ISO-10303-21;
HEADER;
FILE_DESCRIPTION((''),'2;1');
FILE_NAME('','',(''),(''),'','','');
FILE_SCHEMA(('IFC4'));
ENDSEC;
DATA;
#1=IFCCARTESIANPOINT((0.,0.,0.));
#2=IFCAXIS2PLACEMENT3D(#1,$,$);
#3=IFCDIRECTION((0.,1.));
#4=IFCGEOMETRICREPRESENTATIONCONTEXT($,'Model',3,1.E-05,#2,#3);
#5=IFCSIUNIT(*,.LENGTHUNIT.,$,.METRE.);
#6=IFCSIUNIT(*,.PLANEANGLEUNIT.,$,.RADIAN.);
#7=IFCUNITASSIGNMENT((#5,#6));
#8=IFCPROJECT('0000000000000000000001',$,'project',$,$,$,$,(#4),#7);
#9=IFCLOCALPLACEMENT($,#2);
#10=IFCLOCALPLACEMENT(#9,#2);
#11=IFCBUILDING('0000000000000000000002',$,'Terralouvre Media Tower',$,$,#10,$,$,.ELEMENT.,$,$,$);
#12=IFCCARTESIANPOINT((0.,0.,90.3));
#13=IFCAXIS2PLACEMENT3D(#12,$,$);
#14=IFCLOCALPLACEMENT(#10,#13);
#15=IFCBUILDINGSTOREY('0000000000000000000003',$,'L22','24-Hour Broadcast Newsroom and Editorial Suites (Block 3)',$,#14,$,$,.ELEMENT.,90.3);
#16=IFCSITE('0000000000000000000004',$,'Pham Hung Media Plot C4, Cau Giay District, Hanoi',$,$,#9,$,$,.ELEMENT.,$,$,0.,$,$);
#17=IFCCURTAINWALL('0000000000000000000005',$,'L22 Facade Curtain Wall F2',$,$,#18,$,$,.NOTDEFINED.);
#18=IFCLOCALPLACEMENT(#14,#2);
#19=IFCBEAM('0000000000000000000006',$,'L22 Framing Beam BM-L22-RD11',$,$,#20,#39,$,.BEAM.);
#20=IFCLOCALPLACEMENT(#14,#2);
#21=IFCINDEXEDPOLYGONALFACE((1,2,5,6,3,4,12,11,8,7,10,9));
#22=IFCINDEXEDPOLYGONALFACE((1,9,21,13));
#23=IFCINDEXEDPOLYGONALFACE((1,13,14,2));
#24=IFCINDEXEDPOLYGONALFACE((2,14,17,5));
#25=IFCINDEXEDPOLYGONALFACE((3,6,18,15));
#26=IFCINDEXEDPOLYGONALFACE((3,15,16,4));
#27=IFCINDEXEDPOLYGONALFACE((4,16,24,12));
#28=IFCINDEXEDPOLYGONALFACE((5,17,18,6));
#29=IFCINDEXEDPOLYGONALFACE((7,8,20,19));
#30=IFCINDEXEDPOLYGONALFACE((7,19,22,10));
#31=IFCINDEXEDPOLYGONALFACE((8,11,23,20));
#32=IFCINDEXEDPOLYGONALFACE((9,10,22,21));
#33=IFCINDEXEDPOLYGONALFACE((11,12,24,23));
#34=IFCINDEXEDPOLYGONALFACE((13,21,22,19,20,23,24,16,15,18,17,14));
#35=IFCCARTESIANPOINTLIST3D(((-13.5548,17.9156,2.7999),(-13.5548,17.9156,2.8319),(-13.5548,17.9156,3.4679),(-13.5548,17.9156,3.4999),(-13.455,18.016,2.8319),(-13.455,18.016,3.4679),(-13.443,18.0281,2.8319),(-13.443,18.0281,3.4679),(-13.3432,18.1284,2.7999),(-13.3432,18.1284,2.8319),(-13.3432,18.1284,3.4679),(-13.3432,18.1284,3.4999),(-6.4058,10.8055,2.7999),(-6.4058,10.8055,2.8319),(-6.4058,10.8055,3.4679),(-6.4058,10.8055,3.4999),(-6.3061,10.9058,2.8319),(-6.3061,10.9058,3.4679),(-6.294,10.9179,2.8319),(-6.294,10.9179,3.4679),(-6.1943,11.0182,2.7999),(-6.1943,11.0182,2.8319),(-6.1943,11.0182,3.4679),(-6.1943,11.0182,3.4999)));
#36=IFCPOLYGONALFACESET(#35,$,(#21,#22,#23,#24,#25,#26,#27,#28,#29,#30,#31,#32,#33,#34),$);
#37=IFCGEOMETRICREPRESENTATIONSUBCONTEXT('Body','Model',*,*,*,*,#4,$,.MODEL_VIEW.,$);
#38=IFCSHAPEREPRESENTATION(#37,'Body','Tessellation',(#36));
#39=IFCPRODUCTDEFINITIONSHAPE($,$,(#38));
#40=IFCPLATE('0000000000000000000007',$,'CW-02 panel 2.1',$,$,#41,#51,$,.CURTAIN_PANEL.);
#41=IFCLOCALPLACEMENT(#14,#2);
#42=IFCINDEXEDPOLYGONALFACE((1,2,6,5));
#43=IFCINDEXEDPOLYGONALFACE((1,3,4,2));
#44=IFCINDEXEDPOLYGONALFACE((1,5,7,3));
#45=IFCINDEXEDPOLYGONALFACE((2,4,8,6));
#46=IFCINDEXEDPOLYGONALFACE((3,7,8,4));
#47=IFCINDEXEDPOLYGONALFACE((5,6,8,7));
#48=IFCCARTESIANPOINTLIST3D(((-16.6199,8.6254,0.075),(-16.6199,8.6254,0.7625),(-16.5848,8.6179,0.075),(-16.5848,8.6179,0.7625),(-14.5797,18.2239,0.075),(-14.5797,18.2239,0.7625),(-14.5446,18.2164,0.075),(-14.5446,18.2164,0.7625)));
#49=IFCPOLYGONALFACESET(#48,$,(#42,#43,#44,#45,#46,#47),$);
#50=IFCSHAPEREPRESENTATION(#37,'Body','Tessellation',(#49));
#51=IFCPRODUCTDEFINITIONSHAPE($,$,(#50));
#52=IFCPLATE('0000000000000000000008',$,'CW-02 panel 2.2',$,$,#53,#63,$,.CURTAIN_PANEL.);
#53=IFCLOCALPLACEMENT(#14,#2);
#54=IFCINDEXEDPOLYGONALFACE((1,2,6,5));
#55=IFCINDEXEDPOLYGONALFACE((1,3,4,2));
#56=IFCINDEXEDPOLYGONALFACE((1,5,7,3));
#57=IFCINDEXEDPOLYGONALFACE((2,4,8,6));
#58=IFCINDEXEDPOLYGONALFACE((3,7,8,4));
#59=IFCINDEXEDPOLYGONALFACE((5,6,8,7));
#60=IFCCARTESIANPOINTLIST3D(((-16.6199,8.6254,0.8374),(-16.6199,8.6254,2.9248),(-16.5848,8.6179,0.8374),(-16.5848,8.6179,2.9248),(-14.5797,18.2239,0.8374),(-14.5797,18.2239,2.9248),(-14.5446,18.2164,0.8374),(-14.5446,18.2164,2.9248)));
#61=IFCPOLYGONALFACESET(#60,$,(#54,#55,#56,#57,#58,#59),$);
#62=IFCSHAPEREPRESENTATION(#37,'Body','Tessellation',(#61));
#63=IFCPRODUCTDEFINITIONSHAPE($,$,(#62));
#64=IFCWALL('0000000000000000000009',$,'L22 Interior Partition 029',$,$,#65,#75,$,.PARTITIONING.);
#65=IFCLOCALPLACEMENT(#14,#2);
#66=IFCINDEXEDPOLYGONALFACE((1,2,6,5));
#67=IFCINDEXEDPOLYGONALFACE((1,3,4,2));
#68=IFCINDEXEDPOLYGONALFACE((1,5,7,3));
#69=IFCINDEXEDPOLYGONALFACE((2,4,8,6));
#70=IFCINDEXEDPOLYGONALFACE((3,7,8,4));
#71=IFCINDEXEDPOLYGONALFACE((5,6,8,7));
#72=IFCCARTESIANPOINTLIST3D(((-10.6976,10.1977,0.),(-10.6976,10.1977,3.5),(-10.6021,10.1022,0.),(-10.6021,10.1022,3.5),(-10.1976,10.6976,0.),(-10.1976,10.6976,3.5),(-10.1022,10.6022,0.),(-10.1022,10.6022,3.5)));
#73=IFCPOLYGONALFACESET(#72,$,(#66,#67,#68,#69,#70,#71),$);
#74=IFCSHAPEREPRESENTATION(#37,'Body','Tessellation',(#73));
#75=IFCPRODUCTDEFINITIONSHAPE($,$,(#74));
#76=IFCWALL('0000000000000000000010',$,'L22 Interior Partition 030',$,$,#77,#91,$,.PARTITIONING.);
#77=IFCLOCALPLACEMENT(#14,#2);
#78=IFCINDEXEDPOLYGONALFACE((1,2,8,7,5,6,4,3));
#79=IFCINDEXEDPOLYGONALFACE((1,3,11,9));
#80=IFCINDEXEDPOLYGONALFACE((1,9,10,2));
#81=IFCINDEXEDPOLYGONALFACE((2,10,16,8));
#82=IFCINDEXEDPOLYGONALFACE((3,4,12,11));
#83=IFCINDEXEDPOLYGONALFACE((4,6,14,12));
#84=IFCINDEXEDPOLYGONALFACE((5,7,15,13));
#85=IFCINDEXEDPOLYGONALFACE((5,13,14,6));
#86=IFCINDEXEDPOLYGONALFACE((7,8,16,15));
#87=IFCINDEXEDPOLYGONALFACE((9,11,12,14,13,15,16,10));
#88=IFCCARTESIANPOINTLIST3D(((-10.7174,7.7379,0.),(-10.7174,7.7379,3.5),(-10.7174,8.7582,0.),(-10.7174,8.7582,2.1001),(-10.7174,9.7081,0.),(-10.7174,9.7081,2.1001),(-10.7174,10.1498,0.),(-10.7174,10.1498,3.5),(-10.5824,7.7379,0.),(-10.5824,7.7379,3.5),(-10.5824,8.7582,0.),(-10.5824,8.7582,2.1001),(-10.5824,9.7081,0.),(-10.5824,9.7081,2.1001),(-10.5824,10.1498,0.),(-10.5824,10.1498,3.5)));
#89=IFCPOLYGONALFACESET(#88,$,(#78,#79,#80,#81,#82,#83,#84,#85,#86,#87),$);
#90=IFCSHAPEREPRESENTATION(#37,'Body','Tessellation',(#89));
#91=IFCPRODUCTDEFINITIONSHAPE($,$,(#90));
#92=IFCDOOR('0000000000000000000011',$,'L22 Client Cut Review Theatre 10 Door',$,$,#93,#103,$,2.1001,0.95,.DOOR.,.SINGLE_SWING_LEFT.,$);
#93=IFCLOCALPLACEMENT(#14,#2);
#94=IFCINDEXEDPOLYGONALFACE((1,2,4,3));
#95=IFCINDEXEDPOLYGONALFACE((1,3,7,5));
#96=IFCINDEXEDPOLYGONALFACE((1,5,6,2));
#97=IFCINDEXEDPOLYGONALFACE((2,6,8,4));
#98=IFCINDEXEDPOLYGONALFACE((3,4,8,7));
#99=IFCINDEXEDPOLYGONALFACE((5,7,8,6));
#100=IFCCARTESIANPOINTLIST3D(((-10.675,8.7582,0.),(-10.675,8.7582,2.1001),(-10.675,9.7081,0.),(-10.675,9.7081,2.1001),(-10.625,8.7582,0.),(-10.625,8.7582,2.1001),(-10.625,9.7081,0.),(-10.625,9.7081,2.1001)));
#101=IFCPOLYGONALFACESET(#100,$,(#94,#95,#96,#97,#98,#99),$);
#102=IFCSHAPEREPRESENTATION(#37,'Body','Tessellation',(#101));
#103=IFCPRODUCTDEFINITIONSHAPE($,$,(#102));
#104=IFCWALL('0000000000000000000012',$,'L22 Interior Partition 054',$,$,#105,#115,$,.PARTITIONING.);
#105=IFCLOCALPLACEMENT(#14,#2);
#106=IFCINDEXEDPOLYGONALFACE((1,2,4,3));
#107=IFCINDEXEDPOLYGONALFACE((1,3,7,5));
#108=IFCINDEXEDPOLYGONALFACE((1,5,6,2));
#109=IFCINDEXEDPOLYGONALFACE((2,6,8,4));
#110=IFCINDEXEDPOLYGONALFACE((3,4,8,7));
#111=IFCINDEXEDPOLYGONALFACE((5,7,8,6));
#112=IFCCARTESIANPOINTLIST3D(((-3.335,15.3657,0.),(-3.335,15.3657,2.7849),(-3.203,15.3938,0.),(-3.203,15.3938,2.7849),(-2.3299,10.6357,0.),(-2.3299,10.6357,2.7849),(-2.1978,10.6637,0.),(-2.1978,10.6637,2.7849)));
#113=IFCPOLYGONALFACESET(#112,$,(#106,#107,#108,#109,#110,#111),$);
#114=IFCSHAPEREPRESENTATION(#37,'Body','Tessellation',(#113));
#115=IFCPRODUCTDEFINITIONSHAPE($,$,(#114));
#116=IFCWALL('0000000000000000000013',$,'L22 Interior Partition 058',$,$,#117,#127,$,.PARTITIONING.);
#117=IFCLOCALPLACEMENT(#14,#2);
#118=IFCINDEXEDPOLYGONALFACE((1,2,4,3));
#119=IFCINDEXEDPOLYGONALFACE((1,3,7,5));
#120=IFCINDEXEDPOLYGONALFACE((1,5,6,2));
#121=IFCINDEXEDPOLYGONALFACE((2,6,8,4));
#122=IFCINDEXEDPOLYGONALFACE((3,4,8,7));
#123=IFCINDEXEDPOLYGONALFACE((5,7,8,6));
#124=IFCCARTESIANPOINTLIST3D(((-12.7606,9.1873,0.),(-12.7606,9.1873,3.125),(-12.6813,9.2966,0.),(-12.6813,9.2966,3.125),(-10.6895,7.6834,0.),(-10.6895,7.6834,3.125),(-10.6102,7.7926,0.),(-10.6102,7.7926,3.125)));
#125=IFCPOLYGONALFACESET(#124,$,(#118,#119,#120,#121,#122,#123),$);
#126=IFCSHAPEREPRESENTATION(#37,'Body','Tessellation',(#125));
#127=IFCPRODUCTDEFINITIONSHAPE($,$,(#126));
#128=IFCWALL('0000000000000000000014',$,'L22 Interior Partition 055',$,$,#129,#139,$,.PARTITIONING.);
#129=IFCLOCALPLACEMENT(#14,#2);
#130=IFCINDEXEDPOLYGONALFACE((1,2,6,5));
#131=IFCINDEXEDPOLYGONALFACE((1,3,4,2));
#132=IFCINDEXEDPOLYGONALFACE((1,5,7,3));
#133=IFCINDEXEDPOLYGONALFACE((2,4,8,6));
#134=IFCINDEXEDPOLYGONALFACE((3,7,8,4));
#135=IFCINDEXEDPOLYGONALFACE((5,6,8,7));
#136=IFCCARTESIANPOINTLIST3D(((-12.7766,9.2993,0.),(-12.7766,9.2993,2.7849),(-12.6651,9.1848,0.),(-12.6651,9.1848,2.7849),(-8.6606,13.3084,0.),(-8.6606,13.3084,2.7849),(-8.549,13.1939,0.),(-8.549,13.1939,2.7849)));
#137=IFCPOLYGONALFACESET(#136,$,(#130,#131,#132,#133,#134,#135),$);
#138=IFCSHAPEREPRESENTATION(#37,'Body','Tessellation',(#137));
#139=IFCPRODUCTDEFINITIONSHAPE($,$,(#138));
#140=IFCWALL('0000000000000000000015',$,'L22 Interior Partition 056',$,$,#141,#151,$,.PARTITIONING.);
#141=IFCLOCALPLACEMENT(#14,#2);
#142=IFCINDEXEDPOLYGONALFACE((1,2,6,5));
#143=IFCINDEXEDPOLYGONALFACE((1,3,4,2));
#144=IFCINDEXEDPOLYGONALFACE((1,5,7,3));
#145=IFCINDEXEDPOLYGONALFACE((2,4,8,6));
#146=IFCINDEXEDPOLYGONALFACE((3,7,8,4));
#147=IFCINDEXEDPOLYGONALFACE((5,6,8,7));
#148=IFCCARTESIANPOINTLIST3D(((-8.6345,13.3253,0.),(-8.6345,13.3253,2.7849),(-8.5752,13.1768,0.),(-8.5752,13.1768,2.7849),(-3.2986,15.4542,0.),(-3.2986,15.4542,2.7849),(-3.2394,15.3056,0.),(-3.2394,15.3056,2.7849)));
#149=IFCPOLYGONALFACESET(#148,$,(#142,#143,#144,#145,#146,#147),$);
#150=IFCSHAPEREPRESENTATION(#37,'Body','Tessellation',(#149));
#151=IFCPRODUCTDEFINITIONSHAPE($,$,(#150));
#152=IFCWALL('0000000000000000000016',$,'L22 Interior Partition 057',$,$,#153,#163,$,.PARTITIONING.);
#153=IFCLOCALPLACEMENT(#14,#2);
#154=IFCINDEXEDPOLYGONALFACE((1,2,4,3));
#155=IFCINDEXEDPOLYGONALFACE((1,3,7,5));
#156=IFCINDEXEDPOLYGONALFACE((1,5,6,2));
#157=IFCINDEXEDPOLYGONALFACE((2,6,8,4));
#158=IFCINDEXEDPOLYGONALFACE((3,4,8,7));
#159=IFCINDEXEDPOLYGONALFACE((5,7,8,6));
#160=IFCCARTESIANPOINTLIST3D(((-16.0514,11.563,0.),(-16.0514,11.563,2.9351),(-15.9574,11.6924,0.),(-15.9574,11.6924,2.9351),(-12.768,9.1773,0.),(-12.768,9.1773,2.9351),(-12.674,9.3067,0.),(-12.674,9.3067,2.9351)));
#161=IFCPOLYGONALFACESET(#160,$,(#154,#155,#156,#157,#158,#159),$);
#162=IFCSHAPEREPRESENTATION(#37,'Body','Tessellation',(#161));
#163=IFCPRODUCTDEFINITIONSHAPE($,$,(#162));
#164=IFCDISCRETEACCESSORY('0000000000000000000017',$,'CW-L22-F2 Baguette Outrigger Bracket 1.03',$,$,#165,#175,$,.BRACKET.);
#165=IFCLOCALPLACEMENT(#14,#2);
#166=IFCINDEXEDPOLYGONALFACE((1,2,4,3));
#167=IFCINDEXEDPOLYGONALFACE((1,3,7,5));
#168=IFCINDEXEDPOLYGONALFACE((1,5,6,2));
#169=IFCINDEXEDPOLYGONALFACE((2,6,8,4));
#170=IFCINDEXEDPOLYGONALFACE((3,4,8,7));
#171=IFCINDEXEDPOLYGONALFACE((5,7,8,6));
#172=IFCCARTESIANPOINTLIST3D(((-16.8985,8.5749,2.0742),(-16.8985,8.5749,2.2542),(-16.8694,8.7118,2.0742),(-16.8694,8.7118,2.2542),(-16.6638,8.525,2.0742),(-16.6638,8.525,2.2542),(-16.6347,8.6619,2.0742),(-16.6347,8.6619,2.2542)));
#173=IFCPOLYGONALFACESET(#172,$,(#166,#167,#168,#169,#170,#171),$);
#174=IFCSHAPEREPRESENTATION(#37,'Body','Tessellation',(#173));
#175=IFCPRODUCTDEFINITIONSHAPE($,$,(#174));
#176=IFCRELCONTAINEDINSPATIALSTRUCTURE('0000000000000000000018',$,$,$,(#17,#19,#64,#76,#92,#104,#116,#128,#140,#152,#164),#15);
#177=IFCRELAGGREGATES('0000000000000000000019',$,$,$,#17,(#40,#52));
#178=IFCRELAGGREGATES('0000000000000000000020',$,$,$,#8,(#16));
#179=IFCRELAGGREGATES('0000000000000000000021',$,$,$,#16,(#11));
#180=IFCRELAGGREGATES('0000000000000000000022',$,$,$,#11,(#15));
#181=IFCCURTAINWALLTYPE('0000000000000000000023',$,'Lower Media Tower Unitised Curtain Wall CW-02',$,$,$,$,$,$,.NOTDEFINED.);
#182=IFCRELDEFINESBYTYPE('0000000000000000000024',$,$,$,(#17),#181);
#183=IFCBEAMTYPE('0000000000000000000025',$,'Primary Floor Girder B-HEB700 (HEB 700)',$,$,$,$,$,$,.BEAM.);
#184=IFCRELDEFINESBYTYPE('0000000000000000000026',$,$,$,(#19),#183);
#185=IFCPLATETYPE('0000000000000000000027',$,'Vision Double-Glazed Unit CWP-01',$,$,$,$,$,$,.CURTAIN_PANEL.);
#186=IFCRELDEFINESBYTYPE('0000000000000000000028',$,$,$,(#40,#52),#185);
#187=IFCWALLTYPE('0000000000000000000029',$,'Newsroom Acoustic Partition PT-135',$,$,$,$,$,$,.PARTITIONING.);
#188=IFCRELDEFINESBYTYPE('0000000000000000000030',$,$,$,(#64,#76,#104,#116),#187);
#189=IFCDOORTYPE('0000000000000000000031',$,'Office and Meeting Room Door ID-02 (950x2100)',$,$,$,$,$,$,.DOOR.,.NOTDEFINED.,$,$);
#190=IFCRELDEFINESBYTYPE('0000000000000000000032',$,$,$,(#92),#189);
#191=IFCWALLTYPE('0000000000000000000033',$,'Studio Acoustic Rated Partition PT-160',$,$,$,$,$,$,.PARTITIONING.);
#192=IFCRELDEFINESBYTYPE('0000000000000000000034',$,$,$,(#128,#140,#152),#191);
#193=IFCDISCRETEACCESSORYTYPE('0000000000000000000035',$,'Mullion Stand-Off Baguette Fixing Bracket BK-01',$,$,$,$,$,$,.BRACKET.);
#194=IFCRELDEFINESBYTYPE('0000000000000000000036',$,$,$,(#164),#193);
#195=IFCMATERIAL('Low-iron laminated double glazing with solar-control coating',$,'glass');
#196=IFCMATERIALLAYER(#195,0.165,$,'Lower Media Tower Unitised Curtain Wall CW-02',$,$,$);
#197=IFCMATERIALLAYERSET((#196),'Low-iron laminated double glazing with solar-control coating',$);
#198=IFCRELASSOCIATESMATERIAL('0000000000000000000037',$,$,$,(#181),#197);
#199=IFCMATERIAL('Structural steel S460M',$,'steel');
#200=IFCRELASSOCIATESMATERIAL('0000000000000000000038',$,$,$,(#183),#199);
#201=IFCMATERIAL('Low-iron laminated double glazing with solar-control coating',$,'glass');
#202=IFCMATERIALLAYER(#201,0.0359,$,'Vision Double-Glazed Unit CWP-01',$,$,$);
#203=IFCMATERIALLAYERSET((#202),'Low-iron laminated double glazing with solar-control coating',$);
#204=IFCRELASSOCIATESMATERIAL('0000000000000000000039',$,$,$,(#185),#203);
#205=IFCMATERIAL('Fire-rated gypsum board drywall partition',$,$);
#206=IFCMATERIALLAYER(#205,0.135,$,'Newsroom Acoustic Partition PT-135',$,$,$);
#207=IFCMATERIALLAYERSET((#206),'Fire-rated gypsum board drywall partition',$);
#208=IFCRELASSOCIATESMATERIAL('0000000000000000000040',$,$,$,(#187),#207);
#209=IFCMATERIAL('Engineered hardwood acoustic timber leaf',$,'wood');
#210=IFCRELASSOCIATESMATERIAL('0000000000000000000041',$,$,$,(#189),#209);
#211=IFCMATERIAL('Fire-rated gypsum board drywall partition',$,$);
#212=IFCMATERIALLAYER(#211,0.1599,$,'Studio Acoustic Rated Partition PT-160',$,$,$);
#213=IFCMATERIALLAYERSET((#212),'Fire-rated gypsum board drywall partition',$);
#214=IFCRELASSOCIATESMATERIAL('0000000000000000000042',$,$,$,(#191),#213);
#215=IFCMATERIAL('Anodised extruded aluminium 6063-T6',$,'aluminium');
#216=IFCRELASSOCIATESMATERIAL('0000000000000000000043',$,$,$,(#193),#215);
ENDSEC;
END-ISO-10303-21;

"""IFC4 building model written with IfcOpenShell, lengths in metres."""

from ifc_helpers import new_model, si_unit, direction, frame, frame_2d, origin, origin_2d, place, context, subcontext, project, spatial, rectangle, i_section, extrude, material, layer, layer_set, material_profile, profile_set, type_object, element, fill, aggregate, save


model = new_model("IFC4")

# Units and contexts
model_context = context("Model", 3, precision=1e-05, world=origin(), true_north=direction((0.0, 1.0)))
body_context = subcontext(model_context, "Body", "Model", "MODEL_VIEW")
ifc_project = project(units=[si_unit("LENGTHUNIT", "METRE"), si_unit("PLANEANGLEUNIT", "RADIAN")], contexts=[model_context])

# Site, building, storey
site_placement = place(None, origin())
site = spatial("IfcSite", under=ifc_project, at=site_placement, Name="Pham Hung Media Plot C4, Cau Giay District, Hanoi", CompositionType="ELEMENT", RefElevation=0.0)
building_placement = place(site_placement, origin())
building = spatial("IfcBuilding", under=site, at=building_placement, Name="Terralouvre Media Tower", CompositionType="ELEMENT")
storey_placement = place(building_placement, frame((0.0, 0.0, 90.3)))
storey = spatial("IfcBuildingStorey", under=building, at=storey_placement, Name="L22", Description="24-Hour Broadcast Newsroom and Editorial Suites (Block 3)", CompositionType="ELEMENT", Elevation=90.3)

# Curtain wall
ifc_material_1 = material(Name="Low-iron laminated double glazing with solar-control coating", Category="glass")
ifc_layer_1 = layer(ifc_material_1, 0.165, Name="Lower Media Tower Unitised Curtain Wall CW-02")
ifc_layer_set_1 = layer_set([ifc_layer_1], Name="Low-iron laminated double glazing with solar-control coating")
curtain_wall_type = type_object("IfcCurtainWallType", Name="Lower Media Tower Unitised Curtain Wall CW-02", PredefinedType="NOTDEFINED", material=ifc_layer_set_1)
curtain_wall_placement = place(storey_placement, origin())
curtain_wall = element("IfcCurtainWall", 1, at=curtain_wall_placement, inside=storey, type_object=curtain_wall_type, Name="L22 Facade Curtain Wall F2", PredefinedType="NOTDEFINED")

# Beam
ifc_material_2 = material(Name="Structural steel S460M", Category="steel")
ifc_material_profile_1 = material_profile(ifc_material_2, i_section(OverallWidth=0.3, OverallDepth=0.7, WebThickness=0.0171, FlangeThickness=0.032, at=origin_2d()), Name="HEB 700")
ifc_profile_set_1 = profile_set([ifc_material_profile_1], Name="Structural steel S460M")
beam_type_1 = type_object("IfcBeamType", Name="Primary Floor Girder B-HEB700 (HEB 700)", PredefinedType="BEAM", material=ifc_profile_set_1)
beam_1_placement = place(storey_placement, frame((-6.3, 10.9119, 3.1499), z_axis=(-0.709029, 0.705179, 0.0), x_axis=(-0.705179, -0.709029, 0.0)))
element("IfcBeam", 2, at=beam_1_placement, inside=storey, type_object=beam_type_1, Name="L22 Framing Beam BM-L22-RD11", PredefinedType="BEAM", context=body_context, shape_type="SweptSolid", body=[
    extrude(i_section(OverallWidth=0.3, OverallDepth=0.7, WebThickness=0.0171, FlangeThickness=0.032, at=origin_2d()), origin(), (0.0, 0.0, 1.0), 10.0828),
])

# Plates
ifc_material_3 = material(Name="Low-iron laminated double glazing with solar-control coating", Category="glass")
ifc_layer_2 = layer(ifc_material_3, 0.0359, Name="Vision Double-Glazed Unit CWP-01")
ifc_layer_set_2 = layer_set([ifc_layer_2], Name="Low-iron laminated double glazing with solar-control coating")
plate_type = type_object("IfcPlateType", Name="Vision Double-Glazed Unit CWP-01", PredefinedType="CURTAIN_PANEL", material=ifc_layer_set_2)
plate_1_placement = place(storey_placement, frame((-15.5823, 13.4209, 0.075), z_axis=(0.0, 0.0, 1.0), x_axis=(-0.207912, -0.978148, 0.0)))
plate_1 = element("IfcPlate", 3, at=plate_1_placement, type_object=plate_type, Name="CW-02 panel 2.1", PredefinedType="CURTAIN_PANEL", context=body_context, shape_type="SweptSolid", body=[
    extrude(rectangle(XDim=9.813, YDim=0.0359, at=origin_2d()), origin(), (0.0, 0.0, 1.0), 0.6875),
])
plate_2_placement = place(storey_placement, frame((-15.5823, 13.4209, 0.8374), z_axis=(0.0, 0.0, 1.0), x_axis=(-0.207912, -0.978148, 0.0)))
plate_2 = element("IfcPlate", 4, at=plate_2_placement, type_object=plate_type, Name="CW-02 panel 2.2", PredefinedType="CURTAIN_PANEL", context=body_context, shape_type="SweptSolid", body=[
    extrude(rectangle(XDim=9.813, YDim=0.0359, at=origin_2d()), origin(), (0.0, 0.0, 1.0), 2.0874),
])
aggregate(curtain_wall, [plate_1, plate_2])

# Wall
ifc_material_4 = material(Name="Fire-rated gypsum board drywall partition")
ifc_layer_3 = layer(ifc_material_4, 0.135, Name="Newsroom Acoustic Partition PT-135")
ifc_layer_set_3 = layer_set([ifc_layer_3], Name="Fire-rated gypsum board drywall partition")
wall_type_1 = type_object("IfcWallType", Name="Newsroom Acoustic Partition PT-135", PredefinedType="PARTITIONING", material=ifc_layer_set_3)
wall_1_placement = place(storey_placement, frame((-10.1499, 10.6499, 0.0), z_axis=(0.0, 0.0, 1.0), x_axis=(-0.707107, -0.707107, 0.0)))
element("IfcWall", 5, at=wall_1_placement, inside=storey, type_object=wall_type_1, Name="L22 Interior Partition 029", PredefinedType="PARTITIONING", context=body_context, shape_type="SweptSolid", body=[
    extrude(rectangle(XDim=0.707, YDim=0.135, at=frame_2d((0.3535, 0.0))), origin(), (0.0, 0.0, 1.0), 3.5),
])

# Wall, opening, door
wall_2_placement = place(storey_placement, frame((-10.6499, 10.1499, 0.0), z_axis=(0.0, 0.0, 1.0), x_axis=(0.0, -1.0, 0.0)))
wall_2 = element("IfcWall", 6, at=wall_2_placement, inside=storey, type_object=wall_type_1, Name="L22 Interior Partition 030", PredefinedType="PARTITIONING", context=body_context, shape_type="SweptSolid", body=[
    extrude(rectangle(XDim=2.4119, YDim=0.135, at=frame_2d((1.2061, 0.0))), origin(), (0.0, 0.0, 1.0), 3.5),
])
opening_placement = place(wall_2_placement, frame((0.4417, 0.0, 0.0)))
opening = element("IfcOpeningElement", 7, at=opening_placement, cuts=wall_2, PredefinedType="OPENING", context=body_context, shape_type="SweptSolid", body=[
    extrude(rectangle(XDim=0.95, YDim=2.1001, at=frame_2d((0.4751, 1.05))), frame((0.0, 0.0774, 0.0), z_axis=(0.0, -1.0, 0.0), x_axis=(1.0, 0.0, 0.0)), (0.0, 0.0, 1.0), 0.155),
])
ifc_material_5 = material(Name="Engineered hardwood acoustic timber leaf", Category="wood")
door_type = type_object("IfcDoorType", Name="Office and Meeting Room Door ID-02 (950x2100)", OperationType="NOTDEFINED", PredefinedType="DOOR", material=ifc_material_5)
door_placement = place(opening_placement, origin())
door = element("IfcDoor", 8, at=door_placement, inside=storey, type_object=door_type, Name="L22 Client Cut Review Theatre 10 Door", OperationType="SINGLE_SWING_LEFT", OverallHeight=2.1001, OverallWidth=0.95, PredefinedType="DOOR", context=body_context, shape_type="SweptSolid", body=[
    extrude(rectangle(XDim=0.95, YDim=2.1001, at=frame_2d((0.4751, 1.05))), frame((0.0, 0.0249, 0.0), z_axis=(0.0, -1.0, 0.0), x_axis=(1.0, 0.0, 0.0)), (0.0, 0.0, 1.0), 0.05),
])
fill(opening, door)

# Walls
wall_3_placement = place(storey_placement, frame((-3.269, 15.3799, 0.0), z_axis=(0.0, 0.0, 1.0), x_axis=(0.20786, -0.978159, 0.0)))
element("IfcWall", 9, at=wall_3_placement, inside=storey, type_object=wall_type_1, Name="L22 Interior Partition 054", PredefinedType="PARTITIONING", context=body_context, shape_type="SweptSolid", body=[
    extrude(rectangle(XDim=4.8357, YDim=0.135, at=frame_2d((2.418, 0.0))), origin(), (0.0, 0.0, 1.0), 2.7849),
])
wall_4_placement = place(storey_placement, frame((-12.7209, 9.2419, 0.0), z_axis=(0.0, 0.0, 1.0), x_axis=(0.809165, -0.587582, 0.0)))
element("IfcWall", 10, at=wall_4_placement, inside=storey, type_object=wall_type_1, Name="L22 Interior Partition 058", PredefinedType="PARTITIONING", context=body_context, shape_type="SweptSolid", body=[
    extrude(rectangle(XDim=2.5596, YDim=0.135, at=frame_2d((1.2798, 0.0))), origin(), (0.0, 0.0, 1.0), 3.125),
])
ifc_material_6 = material(Name="Fire-rated gypsum board drywall partition")
ifc_layer_4 = layer(ifc_material_6, 0.1599, Name="Studio Acoustic Rated Partition PT-160")
ifc_layer_set_4 = layer_set([ifc_layer_4], Name="Fire-rated gypsum board drywall partition")
wall_type_2 = type_object("IfcWallType", Name="Studio Acoustic Rated Partition PT-160", PredefinedType="PARTITIONING", material=ifc_layer_set_4)
wall_5_placement = place(storey_placement, frame((-12.7209, 9.2419, 0.0), z_axis=(0.0, 0.0, 1.0), x_axis=(0.716351, 0.69774, 0.0)))
element("IfcWall", 11, at=wall_5_placement, inside=storey, type_object=wall_type_2, Name="L22 Interior Partition 055", PredefinedType="PARTITIONING", context=body_context, shape_type="SweptSolid", body=[
    extrude(rectangle(XDim=5.7458, YDim=0.1599, at=frame_2d((2.873, 0.0))), origin(), (0.0, 0.0, 1.0), 2.7849),
])
wall_6_placement = place(storey_placement, frame((-8.605, 13.251, 0.0), z_axis=(0.0, 0.0, 1.0), x_axis=(0.928805, 0.37057, 0.0)))
element("IfcWall", 12, at=wall_6_placement, inside=storey, type_object=wall_type_2, Name="L22 Interior Partition 056", PredefinedType="PARTITIONING", context=body_context, shape_type="SweptSolid", body=[
    extrude(rectangle(XDim=5.7449, YDim=0.1599, at=frame_2d((2.8726, 0.0))), origin(), (0.0, 0.0, 1.0), 2.7849),
])
wall_7_placement = place(storey_placement, frame((-16.0044, 11.6277, 0.0), z_axis=(0.0, 0.0, 1.0), x_axis=(0.808996, -0.587814, 0.0)))
element("IfcWall", 13, at=wall_7_placement, inside=storey, type_object=wall_type_2, Name="L22 Interior Partition 057", PredefinedType="PARTITIONING", context=body_context, shape_type="SweptSolid", body=[
    extrude(rectangle(XDim=4.0586, YDim=0.1599, at=frame_2d((2.0293, 0.0))), origin(), (0.0, 0.0, 1.0), 2.9351),
])

# Discrete accessory
ifc_material_7 = material(Name="Anodised extruded aluminium 6063-T6", Category="aluminium")
discrete_accessory_type = type_object("IfcDiscreteAccessoryType", Name="Mullion Stand-Off Baguette Fixing Bracket BK-01", PredefinedType="BRACKET", material=ifc_material_7)
discrete_accessory_placement = place(storey_placement, frame((-16.7666, 8.6184, 2.0742), z_axis=(0.0, 0.0, 1.0), x_axis=(-0.207912, -0.978148, 0.0)))
element("IfcDiscreteAccessory", 14, at=discrete_accessory_placement, inside=storey, type_object=discrete_accessory_type, Name="CW-L22-F2 Baguette Outrigger Bracket 1.03", PredefinedType="BRACKET", context=body_context, shape_type="SweptSolid", body=[
    extrude(rectangle(XDim=0.1399, YDim=0.24, at=origin_2d()), origin(), (0.0, 0.0, 1.0), 0.1799),
])

save(model, "model.ifc")
